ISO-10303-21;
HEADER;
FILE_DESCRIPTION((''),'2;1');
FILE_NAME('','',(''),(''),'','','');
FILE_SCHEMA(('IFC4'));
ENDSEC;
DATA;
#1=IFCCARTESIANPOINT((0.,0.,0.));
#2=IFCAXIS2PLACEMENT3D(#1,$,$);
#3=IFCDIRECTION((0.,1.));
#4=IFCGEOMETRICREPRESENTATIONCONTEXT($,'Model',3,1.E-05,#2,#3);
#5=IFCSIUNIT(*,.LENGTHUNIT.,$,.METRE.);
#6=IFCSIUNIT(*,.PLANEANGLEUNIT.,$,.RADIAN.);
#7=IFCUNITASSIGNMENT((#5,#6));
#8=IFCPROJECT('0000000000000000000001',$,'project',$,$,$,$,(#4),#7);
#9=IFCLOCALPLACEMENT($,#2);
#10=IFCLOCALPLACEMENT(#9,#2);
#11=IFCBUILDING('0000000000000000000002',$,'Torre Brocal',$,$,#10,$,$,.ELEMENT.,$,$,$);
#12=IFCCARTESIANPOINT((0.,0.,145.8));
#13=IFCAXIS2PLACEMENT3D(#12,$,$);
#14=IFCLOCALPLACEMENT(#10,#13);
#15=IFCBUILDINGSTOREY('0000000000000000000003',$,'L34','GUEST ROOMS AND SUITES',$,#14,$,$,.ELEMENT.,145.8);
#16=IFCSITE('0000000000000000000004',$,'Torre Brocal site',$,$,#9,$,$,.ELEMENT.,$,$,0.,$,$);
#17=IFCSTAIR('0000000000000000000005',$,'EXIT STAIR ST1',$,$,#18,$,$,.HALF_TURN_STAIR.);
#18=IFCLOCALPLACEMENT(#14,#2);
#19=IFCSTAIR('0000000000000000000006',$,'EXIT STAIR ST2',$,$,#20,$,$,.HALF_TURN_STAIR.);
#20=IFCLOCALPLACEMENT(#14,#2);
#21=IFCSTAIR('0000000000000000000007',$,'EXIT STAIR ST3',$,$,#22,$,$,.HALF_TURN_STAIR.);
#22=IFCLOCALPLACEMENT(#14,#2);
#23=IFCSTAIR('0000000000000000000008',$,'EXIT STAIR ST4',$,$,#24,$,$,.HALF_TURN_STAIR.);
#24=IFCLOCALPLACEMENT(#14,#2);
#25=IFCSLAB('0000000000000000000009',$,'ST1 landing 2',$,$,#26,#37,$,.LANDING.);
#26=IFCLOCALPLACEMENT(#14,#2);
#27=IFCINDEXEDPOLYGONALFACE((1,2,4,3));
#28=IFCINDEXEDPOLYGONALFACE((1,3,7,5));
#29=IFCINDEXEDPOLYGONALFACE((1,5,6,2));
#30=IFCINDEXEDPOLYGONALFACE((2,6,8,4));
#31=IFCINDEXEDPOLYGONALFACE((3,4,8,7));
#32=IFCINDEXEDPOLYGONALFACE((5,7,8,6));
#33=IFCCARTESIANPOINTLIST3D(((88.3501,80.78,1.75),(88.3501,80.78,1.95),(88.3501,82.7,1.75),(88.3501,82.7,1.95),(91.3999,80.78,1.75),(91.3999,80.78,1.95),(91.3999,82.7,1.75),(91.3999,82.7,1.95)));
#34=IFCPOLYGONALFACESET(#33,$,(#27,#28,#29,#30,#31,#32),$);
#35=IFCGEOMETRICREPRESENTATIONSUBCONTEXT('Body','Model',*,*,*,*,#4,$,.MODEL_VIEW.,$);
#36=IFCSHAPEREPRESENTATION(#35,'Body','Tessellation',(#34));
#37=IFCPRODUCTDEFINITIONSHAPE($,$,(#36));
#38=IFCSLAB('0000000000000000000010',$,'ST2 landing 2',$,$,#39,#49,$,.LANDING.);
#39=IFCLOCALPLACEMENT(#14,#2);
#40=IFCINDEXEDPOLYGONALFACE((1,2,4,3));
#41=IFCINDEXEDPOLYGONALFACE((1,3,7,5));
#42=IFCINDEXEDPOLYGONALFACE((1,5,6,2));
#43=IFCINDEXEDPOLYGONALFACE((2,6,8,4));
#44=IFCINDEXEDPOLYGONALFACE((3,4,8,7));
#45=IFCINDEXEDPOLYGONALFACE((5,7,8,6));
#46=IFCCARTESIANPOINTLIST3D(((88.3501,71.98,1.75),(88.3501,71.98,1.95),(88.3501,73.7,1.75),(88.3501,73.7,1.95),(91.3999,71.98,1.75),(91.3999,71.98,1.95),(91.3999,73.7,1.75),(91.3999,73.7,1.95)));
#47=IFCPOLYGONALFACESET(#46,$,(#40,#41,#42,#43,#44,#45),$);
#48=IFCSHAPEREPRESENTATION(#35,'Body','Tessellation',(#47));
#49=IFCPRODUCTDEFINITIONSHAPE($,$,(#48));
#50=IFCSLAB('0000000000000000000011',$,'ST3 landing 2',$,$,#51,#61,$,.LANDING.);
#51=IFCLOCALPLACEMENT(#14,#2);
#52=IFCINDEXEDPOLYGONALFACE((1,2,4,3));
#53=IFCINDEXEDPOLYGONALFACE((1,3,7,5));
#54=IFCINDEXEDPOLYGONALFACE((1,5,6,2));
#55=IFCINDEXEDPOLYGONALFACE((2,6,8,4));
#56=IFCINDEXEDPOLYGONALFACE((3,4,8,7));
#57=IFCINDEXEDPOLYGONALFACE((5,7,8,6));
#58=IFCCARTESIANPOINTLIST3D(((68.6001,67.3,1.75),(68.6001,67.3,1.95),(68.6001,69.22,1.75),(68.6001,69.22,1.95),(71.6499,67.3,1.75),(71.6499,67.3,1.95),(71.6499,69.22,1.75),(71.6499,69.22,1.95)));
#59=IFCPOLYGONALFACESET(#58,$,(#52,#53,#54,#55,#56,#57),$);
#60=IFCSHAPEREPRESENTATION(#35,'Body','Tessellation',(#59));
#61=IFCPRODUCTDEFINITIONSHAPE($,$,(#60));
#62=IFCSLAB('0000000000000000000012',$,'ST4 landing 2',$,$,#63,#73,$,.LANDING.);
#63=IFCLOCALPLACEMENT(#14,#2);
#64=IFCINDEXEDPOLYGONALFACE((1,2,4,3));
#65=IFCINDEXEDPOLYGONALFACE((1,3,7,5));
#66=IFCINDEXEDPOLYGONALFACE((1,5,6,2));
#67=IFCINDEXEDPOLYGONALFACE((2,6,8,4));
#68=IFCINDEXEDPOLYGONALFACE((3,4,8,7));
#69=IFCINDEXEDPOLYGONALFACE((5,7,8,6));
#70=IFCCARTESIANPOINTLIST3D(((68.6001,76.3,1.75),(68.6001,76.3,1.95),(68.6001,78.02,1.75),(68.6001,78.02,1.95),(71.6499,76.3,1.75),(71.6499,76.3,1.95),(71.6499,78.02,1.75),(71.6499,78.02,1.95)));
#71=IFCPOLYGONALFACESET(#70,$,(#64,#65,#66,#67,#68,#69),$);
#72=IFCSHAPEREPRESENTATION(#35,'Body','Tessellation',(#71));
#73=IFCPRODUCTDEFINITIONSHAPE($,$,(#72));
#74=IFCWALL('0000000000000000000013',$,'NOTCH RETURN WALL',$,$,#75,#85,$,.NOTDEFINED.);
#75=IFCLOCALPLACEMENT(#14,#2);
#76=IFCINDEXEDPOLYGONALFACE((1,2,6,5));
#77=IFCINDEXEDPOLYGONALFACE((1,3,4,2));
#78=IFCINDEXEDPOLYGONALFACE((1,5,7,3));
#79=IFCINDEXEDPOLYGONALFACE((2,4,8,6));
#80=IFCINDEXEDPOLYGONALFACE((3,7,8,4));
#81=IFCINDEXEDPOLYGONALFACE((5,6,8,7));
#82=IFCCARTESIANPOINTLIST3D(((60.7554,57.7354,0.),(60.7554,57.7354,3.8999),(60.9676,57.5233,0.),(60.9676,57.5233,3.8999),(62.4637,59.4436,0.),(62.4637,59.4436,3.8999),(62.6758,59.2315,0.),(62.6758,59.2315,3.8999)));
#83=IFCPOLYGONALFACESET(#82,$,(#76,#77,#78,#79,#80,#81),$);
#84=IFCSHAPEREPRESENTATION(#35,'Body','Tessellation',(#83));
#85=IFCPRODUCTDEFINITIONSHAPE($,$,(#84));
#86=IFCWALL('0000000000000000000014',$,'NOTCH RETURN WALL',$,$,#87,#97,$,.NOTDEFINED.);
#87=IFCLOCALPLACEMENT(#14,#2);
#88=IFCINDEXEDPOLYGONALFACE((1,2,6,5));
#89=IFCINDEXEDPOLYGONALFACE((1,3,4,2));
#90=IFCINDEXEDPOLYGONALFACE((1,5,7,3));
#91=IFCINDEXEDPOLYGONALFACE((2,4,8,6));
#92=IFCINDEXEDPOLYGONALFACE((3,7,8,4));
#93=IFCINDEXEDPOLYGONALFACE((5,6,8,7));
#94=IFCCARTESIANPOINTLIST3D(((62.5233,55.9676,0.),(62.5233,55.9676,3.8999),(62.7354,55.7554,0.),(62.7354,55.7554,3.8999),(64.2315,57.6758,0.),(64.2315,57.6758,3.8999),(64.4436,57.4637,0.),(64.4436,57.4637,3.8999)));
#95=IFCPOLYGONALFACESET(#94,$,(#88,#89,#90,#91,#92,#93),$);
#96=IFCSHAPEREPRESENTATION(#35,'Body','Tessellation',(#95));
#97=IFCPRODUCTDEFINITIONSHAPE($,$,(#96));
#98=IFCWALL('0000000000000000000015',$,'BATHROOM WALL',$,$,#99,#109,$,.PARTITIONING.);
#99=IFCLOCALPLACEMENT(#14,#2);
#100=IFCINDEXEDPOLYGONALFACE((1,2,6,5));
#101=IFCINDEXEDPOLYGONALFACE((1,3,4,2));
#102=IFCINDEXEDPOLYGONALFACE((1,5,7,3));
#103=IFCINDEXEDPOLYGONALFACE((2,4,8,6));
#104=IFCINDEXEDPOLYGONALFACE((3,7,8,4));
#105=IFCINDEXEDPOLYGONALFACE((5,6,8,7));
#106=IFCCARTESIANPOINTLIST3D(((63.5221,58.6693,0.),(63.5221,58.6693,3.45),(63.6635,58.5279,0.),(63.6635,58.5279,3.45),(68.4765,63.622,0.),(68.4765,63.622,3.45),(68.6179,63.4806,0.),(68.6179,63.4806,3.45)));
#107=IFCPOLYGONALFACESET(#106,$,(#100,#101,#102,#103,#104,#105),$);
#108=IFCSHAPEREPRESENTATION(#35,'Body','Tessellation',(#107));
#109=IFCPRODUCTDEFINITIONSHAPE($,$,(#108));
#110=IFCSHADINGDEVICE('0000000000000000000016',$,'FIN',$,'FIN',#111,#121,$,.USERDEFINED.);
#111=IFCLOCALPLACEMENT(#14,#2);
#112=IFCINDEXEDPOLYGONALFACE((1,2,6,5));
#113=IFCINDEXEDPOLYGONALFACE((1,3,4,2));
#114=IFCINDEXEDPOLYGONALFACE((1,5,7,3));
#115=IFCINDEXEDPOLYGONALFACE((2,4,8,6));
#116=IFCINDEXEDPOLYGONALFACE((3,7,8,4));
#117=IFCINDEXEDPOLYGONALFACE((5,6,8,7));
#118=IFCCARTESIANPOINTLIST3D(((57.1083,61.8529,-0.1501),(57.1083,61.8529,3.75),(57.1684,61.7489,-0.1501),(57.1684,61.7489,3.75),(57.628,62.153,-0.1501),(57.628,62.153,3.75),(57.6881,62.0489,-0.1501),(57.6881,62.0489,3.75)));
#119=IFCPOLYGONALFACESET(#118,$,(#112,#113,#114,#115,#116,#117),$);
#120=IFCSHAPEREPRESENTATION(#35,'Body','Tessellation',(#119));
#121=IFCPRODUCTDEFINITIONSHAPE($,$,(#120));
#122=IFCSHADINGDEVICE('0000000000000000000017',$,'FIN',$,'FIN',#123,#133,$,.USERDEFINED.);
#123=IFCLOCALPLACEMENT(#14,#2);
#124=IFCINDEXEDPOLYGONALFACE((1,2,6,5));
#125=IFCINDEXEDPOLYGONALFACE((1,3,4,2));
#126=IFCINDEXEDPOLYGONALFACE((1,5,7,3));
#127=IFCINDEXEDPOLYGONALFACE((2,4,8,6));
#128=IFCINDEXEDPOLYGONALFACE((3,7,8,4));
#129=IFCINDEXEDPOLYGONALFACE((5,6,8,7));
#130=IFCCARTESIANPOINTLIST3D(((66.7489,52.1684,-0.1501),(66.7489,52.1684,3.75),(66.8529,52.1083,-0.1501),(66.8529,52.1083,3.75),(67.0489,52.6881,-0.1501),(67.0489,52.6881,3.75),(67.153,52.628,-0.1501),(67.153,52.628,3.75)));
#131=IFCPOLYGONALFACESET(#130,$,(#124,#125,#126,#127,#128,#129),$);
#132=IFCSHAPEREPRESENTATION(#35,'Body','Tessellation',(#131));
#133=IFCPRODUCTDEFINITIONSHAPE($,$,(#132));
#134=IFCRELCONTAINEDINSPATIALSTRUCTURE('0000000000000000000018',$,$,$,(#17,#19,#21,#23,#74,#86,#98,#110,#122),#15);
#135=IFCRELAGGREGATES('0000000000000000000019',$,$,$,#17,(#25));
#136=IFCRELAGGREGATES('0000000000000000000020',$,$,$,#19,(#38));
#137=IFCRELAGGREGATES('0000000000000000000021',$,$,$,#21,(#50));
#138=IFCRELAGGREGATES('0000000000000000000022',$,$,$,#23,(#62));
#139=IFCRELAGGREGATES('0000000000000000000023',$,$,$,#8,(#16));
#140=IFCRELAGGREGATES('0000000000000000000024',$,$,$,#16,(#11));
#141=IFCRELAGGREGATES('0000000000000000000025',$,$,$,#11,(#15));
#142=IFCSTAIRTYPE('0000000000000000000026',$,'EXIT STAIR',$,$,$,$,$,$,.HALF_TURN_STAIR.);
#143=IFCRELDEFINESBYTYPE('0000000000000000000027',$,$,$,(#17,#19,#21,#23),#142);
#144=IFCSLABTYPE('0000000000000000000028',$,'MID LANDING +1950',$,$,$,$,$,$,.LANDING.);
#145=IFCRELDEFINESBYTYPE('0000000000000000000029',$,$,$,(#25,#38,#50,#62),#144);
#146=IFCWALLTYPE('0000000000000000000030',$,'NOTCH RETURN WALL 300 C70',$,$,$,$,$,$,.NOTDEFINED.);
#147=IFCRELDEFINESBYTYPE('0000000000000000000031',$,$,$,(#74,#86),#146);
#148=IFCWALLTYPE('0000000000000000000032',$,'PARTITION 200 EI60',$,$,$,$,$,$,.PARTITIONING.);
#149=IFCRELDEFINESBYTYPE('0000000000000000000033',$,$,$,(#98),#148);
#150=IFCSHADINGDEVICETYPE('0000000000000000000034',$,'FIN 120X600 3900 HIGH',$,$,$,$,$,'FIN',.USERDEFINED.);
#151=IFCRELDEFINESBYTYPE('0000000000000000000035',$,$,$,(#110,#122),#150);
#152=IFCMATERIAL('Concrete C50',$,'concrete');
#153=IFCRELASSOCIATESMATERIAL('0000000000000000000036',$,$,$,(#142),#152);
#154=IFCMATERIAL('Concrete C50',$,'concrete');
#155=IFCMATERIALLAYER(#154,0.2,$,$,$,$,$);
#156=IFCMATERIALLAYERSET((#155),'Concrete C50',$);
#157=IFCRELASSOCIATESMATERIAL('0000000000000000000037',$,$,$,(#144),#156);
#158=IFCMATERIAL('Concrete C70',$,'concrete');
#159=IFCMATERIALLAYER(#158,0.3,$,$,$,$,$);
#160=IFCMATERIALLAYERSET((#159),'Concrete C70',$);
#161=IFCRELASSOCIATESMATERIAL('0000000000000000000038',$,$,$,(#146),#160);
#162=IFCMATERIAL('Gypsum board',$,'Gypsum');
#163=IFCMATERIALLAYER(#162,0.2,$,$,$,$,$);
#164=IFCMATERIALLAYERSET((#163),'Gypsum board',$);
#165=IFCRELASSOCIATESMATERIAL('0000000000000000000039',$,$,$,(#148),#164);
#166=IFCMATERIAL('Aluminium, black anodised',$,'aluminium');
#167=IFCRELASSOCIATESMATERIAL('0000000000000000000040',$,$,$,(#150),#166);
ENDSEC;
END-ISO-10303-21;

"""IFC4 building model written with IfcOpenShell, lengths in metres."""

from ifc_helpers import new_model, si_unit, direction, frame, frame_2d, origin, origin_2d, place, context, subcontext, project, spatial, polyline, rectangle, outline, extrude, material, layer, layer_set, material_profile, profile_set, type_object, element, aggregate, save


model = new_model("IFC4")

# Units and contexts
model_context = context("Model", 3, precision=1e-05, world=origin(), true_north=direction((0.0, 1.0)))
body_context = subcontext(model_context, "Body", "Model", "MODEL_VIEW")
ifc_project = project(units=[si_unit("LENGTHUNIT", "METRE"), si_unit("PLANEANGLEUNIT", "RADIAN")], contexts=[model_context])

# Site, building, storey
site_placement = place(None, origin())
site = spatial("IfcSite", under=ifc_project, at=site_placement, Name="Torre Brocal site", CompositionType="ELEMENT", RefElevation=0.0)
building_placement = place(site_placement, origin())
building = spatial("IfcBuilding", under=site, at=building_placement, Name="Torre Brocal", CompositionType="ELEMENT")
storey_placement = place(building_placement, frame((0.0, 0.0, 145.8)))
storey = spatial("IfcBuildingStorey", under=building, at=storey_placement, Name="L34", Description="GUEST ROOMS AND SUITES", CompositionType="ELEMENT", Elevation=145.8)

# Stairs
ifc_material_1 = material(Name="Concrete C50", Category="concrete")
stair_type = type_object("IfcStairType", Name="EXIT STAIR", PredefinedType="HALF_TURN_STAIR", material=ifc_material_1)
stair_1_placement = place(storey_placement, origin())
stair_1 = element("IfcStair", 1, at=stair_1_placement, inside=storey, type_object=stair_type, Name="EXIT STAIR ST1", PredefinedType="HALF_TURN_STAIR")
stair_2_placement = place(storey_placement, origin())
stair_2 = element("IfcStair", 2, at=stair_2_placement, inside=storey, type_object=stair_type, Name="EXIT STAIR ST2", PredefinedType="HALF_TURN_STAIR")
stair_3_placement = place(storey_placement, origin())
stair_3 = element("IfcStair", 3, at=stair_3_placement, inside=storey, type_object=stair_type, Name="EXIT STAIR ST3", PredefinedType="HALF_TURN_STAIR")
stair_4_placement = place(storey_placement, origin())
stair_4 = element("IfcStair", 4, at=stair_4_placement, inside=storey, type_object=stair_type, Name="EXIT STAIR ST4", PredefinedType="HALF_TURN_STAIR")

# Slabs
ifc_material_2 = material(Name="Concrete C50", Category="concrete")
ifc_layer_1 = layer(ifc_material_2, 0.2)
ifc_layer_set_1 = layer_set([ifc_layer_1], Name="Concrete C50")
slab_type_1 = type_object("IfcSlabType", Name="MID LANDING +1950", PredefinedType="LANDING", material=ifc_layer_set_1)
slab_1_placement = place(storey_placement, frame((0.0, 0.0, 1.75)))
slab_1 = element("IfcSlab", 5, at=slab_1_placement, type_object=slab_type_1, Name="ST1 landing 2", PredefinedType="LANDING", context=body_context, shape_type="SweptSolid", body=[
    extrude(outline(polyline([(88.3501, 80.78), (91.3999, 80.78), (91.3999, 82.7), (88.3501, 82.7), (88.3501, 80.78)])), origin(), (0.0, 0.0, 1.0), 0.2),
])
aggregate(stair_1, [slab_1])
slab_2_placement = place(storey_placement, frame((0.0, 0.0, 1.75)))
slab_2 = element("IfcSlab", 6, at=slab_2_placement, type_object=slab_type_1, Name="ST2 landing 2", PredefinedType="LANDING", context=body_context, shape_type="SweptSolid", body=[
    extrude(outline(polyline([(88.3501, 71.98), (91.3999, 71.98), (91.3999, 73.7), (88.3501, 73.7), (88.3501, 71.98)])), origin(), (0.0, 0.0, 1.0), 0.2),
])
aggregate(stair_2, [slab_2])
slab_3_placement = place(storey_placement, frame((0.0, 0.0, 1.75)))
slab_3 = element("IfcSlab", 7, at=slab_3_placement, type_object=slab_type_1, Name="ST3 landing 2", PredefinedType="LANDING", context=body_context, shape_type="SweptSolid", body=[
    extrude(outline(polyline([(71.6499, 69.22), (68.6001, 69.22), (68.6001, 67.3), (71.6499, 67.3), (71.6499, 69.22)])), origin(), (0.0, 0.0, 1.0), 0.2),
])
aggregate(stair_3, [slab_3])
slab_4_placement = place(storey_placement, frame((0.0, 0.0, 1.75)))
slab_4 = element("IfcSlab", 8, at=slab_4_placement, type_object=slab_type_1, Name="ST4 landing 2", PredefinedType="LANDING", context=body_context, shape_type="SweptSolid", body=[
    extrude(outline(polyline([(71.6499, 78.02), (68.6001, 78.02), (68.6001, 76.3), (71.6499, 76.3), (71.6499, 78.02)])), origin(), (0.0, 0.0, 1.0), 0.2),
])
aggregate(stair_4, [slab_4])

# Walls
ifc_material_3 = material(Name="Concrete C70", Category="concrete")
ifc_layer_2 = layer(ifc_material_3, 0.3)
ifc_layer_set_2 = layer_set([ifc_layer_2], Name="Concrete C70")
wall_type_1 = type_object("IfcWallType", Name="NOTCH RETURN WALL 300 C70", PredefinedType="NOTDEFINED", material=ifc_layer_set_2)
for number, where, z_axis, x_axis, name in (
    (9, (62.5698, 59.3376, 0.0), (0.0, 0.0, 1.0), (-0.707107, -0.707107, 0.0), "NOTCH RETURN WALL"),
    (10, (64.3376, 57.5698, 0.0), (0.0, 0.0, 1.0), (-0.707107, -0.707107, 0.0), "NOTCH RETURN WALL"),
):
    element("IfcWall", number, at=place(storey_placement, frame(where, z_axis=z_axis, x_axis=x_axis)), inside=storey, type_object=wall_type_1, Name=name, PredefinedType="NOTDEFINED", context=body_context, shape_type="SweptSolid", body=[
        extrude(rectangle(XDim=2.4158, YDim=0.3, at=frame_2d((1.208, 0.0))), origin(), (0.0, 0.0, 1.0), 3.8999),
    ])
ifc_material_4 = material(Name="Gypsum board", Category="Gypsum")
ifc_layer_3 = layer(ifc_material_4, 0.2)
ifc_layer_set_3 = layer_set([ifc_layer_3], Name="Gypsum board")
wall_type_2 = type_object("IfcWallType", Name="PARTITION 200 EI60", PredefinedType="PARTITIONING", material=ifc_layer_set_3)
wall_placement = place(storey_placement, frame((63.5928, 58.5986, 0.0), z_axis=(0.0, 0.0, 1.0), x_axis=(0.707229, 0.706985, 0.0)))
element("IfcWall", 11, at=wall_placement, inside=storey, type_object=wall_type_2, Name="BATHROOM WALL", PredefinedType="PARTITIONING", context=body_context, shape_type="SweptSolid", body=[
    extrude(rectangle(XDim=7.0054, YDim=0.2, at=frame_2d((3.5027, 0.0))), origin(), (0.0, 0.0, 1.0), 3.45),
])

# Shading devices
ifc_material_5 = material(Name="Aluminium, black anodised", Category="aluminium")
ifc_material_profile_1 = material_profile(ifc_material_5, rectangle(XDim=0.1201, YDim=0.6001, at=origin_2d()), Name="FIN 120X600 3900 HIGH")
ifc_profile_set_1 = profile_set([ifc_material_profile_1], Name="Aluminium, black anodised")
shading_device_type = type_object("IfcShadingDeviceType", Name="FIN 120X600 3900 HIGH", ElementType="FIN", PredefinedType="USERDEFINED", material=ifc_profile_set_1)
for number, where, z_axis, x_axis, name in (
    (12, (57.3982, 61.9509, -0.1501), (0.0, 0.0, 1.0), (0.5, -0.866025, 0.0), "FIN"),
    (13, (66.9509, 52.3982, -0.1501), (0.0, 0.0, 1.0), (0.866025, -0.5, 0.0), "FIN"),
):
    element("IfcShadingDevice", number, at=place(storey_placement, frame(where, z_axis=z_axis, x_axis=x_axis)), inside=storey, type_object=shading_device_type, Name=name, ObjectType="FIN", PredefinedType="USERDEFINED", context=body_context, shape_type="SweptSolid", body=[
        extrude(rectangle(XDim=0.1201, YDim=0.6001, at=origin_2d()), origin(), (0.0, 0.0, 1.0), 3.9001),
    ])

save(model, "model.ifc")
